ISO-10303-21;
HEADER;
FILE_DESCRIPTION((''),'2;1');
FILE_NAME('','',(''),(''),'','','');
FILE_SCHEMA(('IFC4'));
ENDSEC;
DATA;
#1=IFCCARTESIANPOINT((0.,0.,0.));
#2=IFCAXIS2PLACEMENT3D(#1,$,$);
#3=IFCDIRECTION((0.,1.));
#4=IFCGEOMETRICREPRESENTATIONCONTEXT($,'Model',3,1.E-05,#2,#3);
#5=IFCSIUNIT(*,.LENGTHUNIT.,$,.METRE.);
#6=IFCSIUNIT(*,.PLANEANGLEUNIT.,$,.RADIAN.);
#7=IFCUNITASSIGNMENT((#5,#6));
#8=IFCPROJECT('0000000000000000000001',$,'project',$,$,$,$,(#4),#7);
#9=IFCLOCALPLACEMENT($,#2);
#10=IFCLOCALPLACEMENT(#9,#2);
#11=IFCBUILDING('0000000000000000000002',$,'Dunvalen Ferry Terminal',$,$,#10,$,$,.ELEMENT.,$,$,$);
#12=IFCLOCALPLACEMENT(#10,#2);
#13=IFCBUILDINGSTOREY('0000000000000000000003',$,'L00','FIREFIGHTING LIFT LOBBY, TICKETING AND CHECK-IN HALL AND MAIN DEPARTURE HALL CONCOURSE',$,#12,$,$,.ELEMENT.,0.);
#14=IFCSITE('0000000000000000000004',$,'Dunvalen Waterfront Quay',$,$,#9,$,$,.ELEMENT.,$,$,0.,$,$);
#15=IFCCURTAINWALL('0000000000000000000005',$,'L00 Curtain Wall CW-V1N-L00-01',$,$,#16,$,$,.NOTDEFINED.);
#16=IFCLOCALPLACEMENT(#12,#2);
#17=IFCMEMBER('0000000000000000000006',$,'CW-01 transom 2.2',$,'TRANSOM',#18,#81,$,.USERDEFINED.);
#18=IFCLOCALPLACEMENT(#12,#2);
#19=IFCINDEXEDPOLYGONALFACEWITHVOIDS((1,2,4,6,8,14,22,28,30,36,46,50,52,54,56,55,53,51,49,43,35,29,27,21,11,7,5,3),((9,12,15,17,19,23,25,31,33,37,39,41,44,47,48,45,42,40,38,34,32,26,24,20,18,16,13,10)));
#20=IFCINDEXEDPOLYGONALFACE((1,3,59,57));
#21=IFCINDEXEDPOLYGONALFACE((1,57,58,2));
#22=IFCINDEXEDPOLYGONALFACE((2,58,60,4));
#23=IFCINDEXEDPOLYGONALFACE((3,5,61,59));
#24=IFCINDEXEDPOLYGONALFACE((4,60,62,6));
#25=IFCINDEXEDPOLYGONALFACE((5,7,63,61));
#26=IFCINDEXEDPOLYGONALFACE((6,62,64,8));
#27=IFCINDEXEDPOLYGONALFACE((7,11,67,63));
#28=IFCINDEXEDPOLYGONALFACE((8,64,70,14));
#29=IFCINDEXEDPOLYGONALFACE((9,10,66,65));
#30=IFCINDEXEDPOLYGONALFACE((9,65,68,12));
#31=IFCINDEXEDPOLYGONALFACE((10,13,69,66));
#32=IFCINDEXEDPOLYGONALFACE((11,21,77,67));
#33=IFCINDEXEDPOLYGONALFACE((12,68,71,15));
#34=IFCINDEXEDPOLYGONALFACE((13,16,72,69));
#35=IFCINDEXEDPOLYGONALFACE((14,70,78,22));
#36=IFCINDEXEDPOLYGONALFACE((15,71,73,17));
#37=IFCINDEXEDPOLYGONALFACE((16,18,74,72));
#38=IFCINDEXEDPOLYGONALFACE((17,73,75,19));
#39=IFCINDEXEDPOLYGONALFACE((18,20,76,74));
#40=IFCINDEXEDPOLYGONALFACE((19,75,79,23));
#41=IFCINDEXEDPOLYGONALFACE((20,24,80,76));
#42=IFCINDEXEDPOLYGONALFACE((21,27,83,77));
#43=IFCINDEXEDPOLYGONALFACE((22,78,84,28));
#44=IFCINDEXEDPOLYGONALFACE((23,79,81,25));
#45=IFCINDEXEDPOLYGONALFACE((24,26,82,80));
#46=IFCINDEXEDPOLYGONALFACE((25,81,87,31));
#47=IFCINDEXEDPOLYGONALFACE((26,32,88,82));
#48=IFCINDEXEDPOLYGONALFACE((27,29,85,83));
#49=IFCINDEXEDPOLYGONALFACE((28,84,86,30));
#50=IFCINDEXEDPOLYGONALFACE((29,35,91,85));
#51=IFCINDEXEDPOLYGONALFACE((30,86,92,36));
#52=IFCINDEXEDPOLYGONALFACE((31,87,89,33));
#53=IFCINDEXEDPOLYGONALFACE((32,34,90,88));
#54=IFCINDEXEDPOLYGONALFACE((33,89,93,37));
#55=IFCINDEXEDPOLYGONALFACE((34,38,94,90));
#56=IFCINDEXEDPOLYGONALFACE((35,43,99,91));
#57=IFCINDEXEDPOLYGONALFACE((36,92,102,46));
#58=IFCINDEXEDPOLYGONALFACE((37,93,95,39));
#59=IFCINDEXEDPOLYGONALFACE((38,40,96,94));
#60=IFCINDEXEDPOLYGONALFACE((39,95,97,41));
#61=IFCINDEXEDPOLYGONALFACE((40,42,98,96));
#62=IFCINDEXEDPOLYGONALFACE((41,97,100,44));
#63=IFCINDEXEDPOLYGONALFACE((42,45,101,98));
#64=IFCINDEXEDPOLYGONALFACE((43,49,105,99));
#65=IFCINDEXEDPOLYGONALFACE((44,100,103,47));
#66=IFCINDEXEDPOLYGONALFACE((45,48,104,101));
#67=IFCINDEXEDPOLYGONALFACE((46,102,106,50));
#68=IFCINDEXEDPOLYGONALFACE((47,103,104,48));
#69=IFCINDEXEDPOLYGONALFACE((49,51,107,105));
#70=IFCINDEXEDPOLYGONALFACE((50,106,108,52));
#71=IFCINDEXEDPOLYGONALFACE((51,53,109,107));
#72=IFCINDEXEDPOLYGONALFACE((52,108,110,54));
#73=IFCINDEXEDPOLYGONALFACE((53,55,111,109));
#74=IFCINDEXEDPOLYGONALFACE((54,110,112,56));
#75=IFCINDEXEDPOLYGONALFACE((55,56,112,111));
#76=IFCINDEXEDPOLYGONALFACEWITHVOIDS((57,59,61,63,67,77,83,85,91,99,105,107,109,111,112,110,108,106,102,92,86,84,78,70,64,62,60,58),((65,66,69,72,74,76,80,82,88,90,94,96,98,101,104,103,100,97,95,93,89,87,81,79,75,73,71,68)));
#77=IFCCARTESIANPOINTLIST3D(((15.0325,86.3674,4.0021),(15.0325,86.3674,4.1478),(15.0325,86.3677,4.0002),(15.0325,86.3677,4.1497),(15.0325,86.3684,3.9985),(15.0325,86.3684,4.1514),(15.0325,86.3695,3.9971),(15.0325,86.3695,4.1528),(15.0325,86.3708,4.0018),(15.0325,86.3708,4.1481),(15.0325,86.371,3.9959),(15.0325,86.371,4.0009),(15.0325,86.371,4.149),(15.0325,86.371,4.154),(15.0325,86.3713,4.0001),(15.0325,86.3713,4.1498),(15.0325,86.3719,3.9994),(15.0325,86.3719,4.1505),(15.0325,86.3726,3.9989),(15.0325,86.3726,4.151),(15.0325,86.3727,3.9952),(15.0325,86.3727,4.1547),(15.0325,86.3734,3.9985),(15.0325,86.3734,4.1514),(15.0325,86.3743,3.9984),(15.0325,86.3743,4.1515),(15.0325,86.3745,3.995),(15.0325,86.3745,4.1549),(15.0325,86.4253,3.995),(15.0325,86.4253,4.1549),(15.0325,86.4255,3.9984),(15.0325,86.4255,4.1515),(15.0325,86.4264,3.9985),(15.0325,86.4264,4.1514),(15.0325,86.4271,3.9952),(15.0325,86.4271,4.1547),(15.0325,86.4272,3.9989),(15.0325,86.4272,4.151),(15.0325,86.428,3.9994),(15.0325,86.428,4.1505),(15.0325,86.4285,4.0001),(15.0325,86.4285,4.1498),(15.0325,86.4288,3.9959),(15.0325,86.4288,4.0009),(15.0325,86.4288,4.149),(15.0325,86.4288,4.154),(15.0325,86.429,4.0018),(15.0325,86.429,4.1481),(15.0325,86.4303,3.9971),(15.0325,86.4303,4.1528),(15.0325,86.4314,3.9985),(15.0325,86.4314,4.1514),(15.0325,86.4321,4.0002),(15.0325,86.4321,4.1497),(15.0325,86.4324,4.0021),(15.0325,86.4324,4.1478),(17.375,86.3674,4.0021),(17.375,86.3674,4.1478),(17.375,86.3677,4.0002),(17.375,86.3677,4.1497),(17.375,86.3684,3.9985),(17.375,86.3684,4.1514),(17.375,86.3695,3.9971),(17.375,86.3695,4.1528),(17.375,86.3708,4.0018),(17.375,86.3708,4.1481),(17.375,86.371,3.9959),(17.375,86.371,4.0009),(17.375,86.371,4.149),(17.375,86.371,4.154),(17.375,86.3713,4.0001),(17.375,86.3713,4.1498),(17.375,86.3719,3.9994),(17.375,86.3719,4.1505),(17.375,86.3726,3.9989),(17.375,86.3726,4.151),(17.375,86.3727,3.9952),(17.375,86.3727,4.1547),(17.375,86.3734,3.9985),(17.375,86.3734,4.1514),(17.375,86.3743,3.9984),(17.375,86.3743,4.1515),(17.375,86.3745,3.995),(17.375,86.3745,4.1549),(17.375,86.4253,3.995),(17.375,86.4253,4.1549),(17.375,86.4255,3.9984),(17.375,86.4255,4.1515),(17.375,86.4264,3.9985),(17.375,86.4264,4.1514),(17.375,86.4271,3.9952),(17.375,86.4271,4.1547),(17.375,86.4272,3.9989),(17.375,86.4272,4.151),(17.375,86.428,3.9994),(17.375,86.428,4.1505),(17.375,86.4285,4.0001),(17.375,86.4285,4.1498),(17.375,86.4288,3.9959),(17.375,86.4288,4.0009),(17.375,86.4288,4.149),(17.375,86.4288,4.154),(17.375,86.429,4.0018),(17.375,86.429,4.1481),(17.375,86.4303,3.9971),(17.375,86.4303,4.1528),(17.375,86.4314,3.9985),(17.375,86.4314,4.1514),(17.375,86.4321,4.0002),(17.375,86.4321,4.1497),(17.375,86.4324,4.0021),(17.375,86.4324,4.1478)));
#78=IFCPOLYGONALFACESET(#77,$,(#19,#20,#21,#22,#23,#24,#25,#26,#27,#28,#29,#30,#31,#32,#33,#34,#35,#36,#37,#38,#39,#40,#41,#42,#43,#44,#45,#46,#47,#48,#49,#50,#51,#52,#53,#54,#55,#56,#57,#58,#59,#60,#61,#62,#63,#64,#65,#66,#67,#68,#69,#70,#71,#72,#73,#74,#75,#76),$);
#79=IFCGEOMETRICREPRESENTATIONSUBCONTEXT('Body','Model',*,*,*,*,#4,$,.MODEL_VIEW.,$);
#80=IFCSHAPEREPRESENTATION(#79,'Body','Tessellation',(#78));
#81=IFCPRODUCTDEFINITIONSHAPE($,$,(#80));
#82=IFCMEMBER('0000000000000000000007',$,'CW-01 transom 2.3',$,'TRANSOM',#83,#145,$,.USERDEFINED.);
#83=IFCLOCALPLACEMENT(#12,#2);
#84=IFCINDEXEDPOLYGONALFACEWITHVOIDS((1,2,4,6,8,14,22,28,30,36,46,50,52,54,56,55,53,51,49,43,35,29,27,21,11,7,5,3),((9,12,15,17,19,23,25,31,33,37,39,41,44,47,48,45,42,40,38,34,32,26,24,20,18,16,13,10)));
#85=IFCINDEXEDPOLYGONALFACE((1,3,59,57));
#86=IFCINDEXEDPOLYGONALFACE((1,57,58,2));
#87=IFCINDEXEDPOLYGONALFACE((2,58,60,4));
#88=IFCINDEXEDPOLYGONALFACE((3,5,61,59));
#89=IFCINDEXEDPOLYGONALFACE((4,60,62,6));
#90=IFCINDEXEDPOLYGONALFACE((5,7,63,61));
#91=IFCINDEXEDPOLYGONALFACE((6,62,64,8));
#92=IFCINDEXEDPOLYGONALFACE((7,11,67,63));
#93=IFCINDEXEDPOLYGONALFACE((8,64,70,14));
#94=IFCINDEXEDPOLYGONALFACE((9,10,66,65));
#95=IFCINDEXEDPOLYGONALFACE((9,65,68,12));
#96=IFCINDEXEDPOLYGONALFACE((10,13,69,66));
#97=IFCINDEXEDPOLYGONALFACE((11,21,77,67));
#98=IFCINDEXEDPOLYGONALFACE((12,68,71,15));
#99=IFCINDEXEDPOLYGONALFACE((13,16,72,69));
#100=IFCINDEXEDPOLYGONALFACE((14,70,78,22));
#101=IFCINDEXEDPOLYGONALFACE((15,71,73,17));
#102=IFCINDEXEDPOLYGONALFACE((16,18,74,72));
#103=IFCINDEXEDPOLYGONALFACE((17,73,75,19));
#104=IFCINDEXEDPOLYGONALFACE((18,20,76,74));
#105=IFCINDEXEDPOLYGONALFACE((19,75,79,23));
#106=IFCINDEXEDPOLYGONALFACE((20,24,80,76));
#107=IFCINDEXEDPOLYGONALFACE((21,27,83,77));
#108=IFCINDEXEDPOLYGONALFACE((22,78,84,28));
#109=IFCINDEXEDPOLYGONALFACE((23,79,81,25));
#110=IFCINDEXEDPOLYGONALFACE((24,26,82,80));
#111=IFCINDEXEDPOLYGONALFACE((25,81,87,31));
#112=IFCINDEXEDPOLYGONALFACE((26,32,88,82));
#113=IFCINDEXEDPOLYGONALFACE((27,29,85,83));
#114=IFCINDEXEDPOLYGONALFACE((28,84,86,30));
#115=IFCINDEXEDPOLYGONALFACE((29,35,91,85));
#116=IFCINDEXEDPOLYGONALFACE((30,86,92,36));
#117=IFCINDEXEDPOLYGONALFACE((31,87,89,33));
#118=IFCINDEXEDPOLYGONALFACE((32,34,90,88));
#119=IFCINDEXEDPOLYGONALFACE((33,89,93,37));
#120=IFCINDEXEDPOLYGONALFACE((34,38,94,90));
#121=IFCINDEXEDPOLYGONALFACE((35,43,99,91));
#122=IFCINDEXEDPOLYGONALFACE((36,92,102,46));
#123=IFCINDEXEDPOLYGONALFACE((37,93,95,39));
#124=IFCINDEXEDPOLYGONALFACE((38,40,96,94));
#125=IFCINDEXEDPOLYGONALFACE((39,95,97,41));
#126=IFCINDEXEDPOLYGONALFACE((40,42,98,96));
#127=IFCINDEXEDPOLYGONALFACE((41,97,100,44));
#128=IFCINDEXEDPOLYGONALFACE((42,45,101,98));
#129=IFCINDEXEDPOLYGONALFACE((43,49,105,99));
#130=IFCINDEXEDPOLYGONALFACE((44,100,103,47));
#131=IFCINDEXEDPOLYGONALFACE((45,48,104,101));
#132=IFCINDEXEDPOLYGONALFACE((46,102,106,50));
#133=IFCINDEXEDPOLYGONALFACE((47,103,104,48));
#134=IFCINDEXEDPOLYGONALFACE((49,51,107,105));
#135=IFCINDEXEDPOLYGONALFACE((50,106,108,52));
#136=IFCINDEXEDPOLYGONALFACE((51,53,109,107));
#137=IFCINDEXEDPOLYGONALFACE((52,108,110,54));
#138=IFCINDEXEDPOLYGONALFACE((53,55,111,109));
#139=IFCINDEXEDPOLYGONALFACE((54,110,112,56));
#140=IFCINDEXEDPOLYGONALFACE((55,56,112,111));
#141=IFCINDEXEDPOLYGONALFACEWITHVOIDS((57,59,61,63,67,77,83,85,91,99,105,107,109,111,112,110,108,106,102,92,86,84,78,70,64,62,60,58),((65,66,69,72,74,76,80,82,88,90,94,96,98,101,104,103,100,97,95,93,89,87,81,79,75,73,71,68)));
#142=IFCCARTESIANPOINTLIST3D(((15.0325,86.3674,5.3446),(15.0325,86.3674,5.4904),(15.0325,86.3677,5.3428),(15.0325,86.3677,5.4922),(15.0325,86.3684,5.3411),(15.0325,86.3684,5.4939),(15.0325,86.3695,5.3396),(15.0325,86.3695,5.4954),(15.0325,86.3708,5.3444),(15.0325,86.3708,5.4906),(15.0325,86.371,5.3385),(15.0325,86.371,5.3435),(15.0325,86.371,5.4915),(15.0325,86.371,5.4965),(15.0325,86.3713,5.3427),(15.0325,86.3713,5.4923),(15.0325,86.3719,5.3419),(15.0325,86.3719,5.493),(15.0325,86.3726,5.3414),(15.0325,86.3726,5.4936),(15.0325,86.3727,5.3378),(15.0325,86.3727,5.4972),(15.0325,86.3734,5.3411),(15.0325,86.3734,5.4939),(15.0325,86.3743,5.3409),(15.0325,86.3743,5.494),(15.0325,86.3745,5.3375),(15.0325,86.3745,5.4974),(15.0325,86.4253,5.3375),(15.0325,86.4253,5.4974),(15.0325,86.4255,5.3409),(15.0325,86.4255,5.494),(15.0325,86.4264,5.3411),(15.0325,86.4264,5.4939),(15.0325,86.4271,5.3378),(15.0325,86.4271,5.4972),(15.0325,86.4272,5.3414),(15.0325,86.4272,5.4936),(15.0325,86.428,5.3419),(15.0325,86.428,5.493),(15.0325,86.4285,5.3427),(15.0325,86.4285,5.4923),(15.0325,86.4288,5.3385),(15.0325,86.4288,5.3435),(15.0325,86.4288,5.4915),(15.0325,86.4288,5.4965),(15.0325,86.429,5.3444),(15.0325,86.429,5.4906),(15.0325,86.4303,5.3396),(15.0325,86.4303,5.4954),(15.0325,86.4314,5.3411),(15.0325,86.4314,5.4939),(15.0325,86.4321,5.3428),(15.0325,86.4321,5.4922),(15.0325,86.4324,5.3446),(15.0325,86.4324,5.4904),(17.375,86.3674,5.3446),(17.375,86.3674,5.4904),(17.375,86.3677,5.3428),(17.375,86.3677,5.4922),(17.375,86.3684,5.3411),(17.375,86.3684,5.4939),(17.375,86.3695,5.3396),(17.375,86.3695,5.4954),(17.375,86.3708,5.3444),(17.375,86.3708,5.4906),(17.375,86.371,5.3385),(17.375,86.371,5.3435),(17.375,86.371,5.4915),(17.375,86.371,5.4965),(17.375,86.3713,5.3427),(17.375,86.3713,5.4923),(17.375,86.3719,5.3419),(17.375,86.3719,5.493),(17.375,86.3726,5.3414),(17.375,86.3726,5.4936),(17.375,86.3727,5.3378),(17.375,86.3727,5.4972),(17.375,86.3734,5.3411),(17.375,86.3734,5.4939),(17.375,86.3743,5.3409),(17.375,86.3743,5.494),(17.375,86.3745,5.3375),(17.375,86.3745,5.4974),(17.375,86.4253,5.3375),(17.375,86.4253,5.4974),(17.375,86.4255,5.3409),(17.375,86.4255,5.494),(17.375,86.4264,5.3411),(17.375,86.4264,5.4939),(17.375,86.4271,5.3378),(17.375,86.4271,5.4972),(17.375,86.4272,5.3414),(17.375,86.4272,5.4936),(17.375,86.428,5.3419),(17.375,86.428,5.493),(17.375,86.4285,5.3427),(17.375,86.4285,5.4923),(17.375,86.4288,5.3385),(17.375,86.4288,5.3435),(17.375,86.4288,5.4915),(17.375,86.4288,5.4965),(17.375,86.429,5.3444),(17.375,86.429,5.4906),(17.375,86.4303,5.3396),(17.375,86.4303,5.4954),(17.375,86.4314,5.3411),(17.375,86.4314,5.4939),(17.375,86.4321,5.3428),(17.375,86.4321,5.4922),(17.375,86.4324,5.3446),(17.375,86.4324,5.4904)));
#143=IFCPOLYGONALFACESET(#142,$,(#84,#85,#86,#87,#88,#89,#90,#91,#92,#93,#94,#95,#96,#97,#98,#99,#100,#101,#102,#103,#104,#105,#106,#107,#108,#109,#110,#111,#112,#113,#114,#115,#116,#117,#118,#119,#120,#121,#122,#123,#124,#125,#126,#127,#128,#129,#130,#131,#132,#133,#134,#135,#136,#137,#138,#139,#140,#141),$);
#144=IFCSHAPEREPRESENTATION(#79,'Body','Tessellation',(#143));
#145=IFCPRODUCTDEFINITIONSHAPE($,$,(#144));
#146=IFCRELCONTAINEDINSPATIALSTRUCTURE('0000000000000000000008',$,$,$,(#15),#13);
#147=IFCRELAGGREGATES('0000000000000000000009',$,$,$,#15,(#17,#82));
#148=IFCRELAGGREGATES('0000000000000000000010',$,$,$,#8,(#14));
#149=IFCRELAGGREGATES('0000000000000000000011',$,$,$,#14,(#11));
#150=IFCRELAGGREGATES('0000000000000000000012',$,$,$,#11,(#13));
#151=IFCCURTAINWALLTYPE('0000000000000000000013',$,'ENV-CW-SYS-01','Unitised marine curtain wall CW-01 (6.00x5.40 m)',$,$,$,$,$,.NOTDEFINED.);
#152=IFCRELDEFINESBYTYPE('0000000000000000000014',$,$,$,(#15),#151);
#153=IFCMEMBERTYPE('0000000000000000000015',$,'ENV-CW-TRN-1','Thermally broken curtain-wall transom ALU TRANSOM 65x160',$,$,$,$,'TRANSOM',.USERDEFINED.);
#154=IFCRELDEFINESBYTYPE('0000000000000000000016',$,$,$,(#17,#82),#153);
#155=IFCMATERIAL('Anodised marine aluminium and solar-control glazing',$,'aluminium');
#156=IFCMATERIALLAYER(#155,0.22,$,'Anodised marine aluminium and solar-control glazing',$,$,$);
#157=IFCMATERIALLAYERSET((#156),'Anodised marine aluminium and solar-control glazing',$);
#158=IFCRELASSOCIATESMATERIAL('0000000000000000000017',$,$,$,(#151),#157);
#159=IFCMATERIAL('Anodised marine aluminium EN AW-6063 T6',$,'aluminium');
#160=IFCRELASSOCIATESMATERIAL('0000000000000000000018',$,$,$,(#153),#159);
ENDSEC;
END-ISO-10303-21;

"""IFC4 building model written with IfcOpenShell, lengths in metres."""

from ifc_helpers import new_model, si_unit, direction, frame, origin, origin_2d, place, context, subcontext, project, spatial, hollow_rectangle, extrude, material, layer, layer_set, material_profile, profile_set, type_object, element, aggregate, save


model = new_model("IFC4")

# Units and contexts
model_context = context("Model", 3, precision=1e-05, world=origin(), true_north=direction((0.0, 1.0)))
body_context = subcontext(model_context, "Body", "Model", "MODEL_VIEW")
ifc_project = project(units=[si_unit("LENGTHUNIT", "METRE"), si_unit("PLANEANGLEUNIT", "RADIAN")], contexts=[model_context])

# Site, building, storey
site_placement = place(None, origin())
site = spatial("IfcSite", under=ifc_project, at=site_placement, Name="Dunvalen Waterfront Quay", CompositionType="ELEMENT", RefElevation=0.0)
building_placement = place(site_placement, origin())
building = spatial("IfcBuilding", under=site, at=building_placement, Name="Dunvalen Ferry Terminal", CompositionType="ELEMENT")
storey_placement = place(building_placement, origin())
storey = spatial("IfcBuildingStorey", under=building, at=storey_placement, Name="L00", Description="FIREFIGHTING LIFT LOBBY, TICKETING AND CHECK-IN HALL AND MAIN DEPARTURE HALL CONCOURSE", CompositionType="ELEMENT", Elevation=0.0)

# Curtain wall
ifc_material_1 = material(Name="Anodised marine aluminium and solar-control glazing", Category="aluminium")
ifc_layer_1 = layer(ifc_material_1, 0.22, Name="Anodised marine aluminium and solar-control glazing")
ifc_layer_set_1 = layer_set([ifc_layer_1], Name="Anodised marine aluminium and solar-control glazing")
curtain_wall_type = type_object("IfcCurtainWallType", Name="ENV-CW-SYS-01", Description="Unitised marine curtain wall CW-01 (6.00x5.40 m)", PredefinedType="NOTDEFINED", material=ifc_layer_set_1)
curtain_wall_1_placement = place(storey_placement, origin())
curtain_wall_1 = element("IfcCurtainWall", 1, at=curtain_wall_1_placement, inside=storey, type_object=curtain_wall_type, Name="L00 Curtain Wall CW-V1N-L00-01", PredefinedType="NOTDEFINED")
ifc_material_2 = material(Name="Anodised marine aluminium EN AW-6063 T6", Category="aluminium")

# Members
ifc_material_profile_1 = material_profile(ifc_material_2, hollow_rectangle(XDim=0.0649, YDim=0.1599, WallThickness=0.0034, InnerFilletRadius=0.0034, OuterFilletRadius=0.0071, at=origin_2d()), Name="Anodised marine aluminium EN AW-6063 T6")
ifc_profile_set_1 = profile_set([ifc_material_profile_1], Name="Anodised marine aluminium EN AW-6063 T6")
member_type_1 = type_object("IfcMemberType", Name="ENV-CW-TRN-1", Description="Thermally broken curtain-wall transom ALU TRANSOM 65x160", ElementType="TRANSOM", PredefinedType="USERDEFINED", material=ifc_profile_set_1)
member_1_placement = place(storey_placement, frame((15.0325, 86.3999, 4.075), z_axis=(1.0, 0.0, 0.0), x_axis=(0.0, 1.0, 0.0)))
member_1 = element("IfcMember", 2, at=member_1_placement, type_object=member_type_1, Name="CW-01 transom 2.2", ObjectType="TRANSOM", PredefinedType="USERDEFINED", context=body_context, shape_type="SweptSolid", body=[
    extrude(hollow_rectangle(XDim=0.0649, YDim=0.1599, WallThickness=0.0034, InnerFilletRadius=0.0034, OuterFilletRadius=0.0071, at=origin_2d()), origin(), (0.0, 0.0, 1.0), 2.3425),
])
member_2_placement = place(storey_placement, frame((15.0325, 86.3999, 5.4175), z_axis=(1.0, 0.0, 0.0), x_axis=(0.0, 1.0, 0.0)))
member_2 = element("IfcMember", 3, at=member_2_placement, type_object=member_type_1, Name="CW-01 transom 2.3", ObjectType="TRANSOM", PredefinedType="USERDEFINED", context=body_context, shape_type="SweptSolid", body=[
    extrude(hollow_rectangle(XDim=0.0649, YDim=0.1599, WallThickness=0.0034, InnerFilletRadius=0.0034, OuterFilletRadius=0.0071, at=origin_2d()), origin(), (0.0, 0.0, 1.0), 2.3425),
])

aggregate(curtain_wall_1, [member_1, member_2])

save(model, "model.ifc")
